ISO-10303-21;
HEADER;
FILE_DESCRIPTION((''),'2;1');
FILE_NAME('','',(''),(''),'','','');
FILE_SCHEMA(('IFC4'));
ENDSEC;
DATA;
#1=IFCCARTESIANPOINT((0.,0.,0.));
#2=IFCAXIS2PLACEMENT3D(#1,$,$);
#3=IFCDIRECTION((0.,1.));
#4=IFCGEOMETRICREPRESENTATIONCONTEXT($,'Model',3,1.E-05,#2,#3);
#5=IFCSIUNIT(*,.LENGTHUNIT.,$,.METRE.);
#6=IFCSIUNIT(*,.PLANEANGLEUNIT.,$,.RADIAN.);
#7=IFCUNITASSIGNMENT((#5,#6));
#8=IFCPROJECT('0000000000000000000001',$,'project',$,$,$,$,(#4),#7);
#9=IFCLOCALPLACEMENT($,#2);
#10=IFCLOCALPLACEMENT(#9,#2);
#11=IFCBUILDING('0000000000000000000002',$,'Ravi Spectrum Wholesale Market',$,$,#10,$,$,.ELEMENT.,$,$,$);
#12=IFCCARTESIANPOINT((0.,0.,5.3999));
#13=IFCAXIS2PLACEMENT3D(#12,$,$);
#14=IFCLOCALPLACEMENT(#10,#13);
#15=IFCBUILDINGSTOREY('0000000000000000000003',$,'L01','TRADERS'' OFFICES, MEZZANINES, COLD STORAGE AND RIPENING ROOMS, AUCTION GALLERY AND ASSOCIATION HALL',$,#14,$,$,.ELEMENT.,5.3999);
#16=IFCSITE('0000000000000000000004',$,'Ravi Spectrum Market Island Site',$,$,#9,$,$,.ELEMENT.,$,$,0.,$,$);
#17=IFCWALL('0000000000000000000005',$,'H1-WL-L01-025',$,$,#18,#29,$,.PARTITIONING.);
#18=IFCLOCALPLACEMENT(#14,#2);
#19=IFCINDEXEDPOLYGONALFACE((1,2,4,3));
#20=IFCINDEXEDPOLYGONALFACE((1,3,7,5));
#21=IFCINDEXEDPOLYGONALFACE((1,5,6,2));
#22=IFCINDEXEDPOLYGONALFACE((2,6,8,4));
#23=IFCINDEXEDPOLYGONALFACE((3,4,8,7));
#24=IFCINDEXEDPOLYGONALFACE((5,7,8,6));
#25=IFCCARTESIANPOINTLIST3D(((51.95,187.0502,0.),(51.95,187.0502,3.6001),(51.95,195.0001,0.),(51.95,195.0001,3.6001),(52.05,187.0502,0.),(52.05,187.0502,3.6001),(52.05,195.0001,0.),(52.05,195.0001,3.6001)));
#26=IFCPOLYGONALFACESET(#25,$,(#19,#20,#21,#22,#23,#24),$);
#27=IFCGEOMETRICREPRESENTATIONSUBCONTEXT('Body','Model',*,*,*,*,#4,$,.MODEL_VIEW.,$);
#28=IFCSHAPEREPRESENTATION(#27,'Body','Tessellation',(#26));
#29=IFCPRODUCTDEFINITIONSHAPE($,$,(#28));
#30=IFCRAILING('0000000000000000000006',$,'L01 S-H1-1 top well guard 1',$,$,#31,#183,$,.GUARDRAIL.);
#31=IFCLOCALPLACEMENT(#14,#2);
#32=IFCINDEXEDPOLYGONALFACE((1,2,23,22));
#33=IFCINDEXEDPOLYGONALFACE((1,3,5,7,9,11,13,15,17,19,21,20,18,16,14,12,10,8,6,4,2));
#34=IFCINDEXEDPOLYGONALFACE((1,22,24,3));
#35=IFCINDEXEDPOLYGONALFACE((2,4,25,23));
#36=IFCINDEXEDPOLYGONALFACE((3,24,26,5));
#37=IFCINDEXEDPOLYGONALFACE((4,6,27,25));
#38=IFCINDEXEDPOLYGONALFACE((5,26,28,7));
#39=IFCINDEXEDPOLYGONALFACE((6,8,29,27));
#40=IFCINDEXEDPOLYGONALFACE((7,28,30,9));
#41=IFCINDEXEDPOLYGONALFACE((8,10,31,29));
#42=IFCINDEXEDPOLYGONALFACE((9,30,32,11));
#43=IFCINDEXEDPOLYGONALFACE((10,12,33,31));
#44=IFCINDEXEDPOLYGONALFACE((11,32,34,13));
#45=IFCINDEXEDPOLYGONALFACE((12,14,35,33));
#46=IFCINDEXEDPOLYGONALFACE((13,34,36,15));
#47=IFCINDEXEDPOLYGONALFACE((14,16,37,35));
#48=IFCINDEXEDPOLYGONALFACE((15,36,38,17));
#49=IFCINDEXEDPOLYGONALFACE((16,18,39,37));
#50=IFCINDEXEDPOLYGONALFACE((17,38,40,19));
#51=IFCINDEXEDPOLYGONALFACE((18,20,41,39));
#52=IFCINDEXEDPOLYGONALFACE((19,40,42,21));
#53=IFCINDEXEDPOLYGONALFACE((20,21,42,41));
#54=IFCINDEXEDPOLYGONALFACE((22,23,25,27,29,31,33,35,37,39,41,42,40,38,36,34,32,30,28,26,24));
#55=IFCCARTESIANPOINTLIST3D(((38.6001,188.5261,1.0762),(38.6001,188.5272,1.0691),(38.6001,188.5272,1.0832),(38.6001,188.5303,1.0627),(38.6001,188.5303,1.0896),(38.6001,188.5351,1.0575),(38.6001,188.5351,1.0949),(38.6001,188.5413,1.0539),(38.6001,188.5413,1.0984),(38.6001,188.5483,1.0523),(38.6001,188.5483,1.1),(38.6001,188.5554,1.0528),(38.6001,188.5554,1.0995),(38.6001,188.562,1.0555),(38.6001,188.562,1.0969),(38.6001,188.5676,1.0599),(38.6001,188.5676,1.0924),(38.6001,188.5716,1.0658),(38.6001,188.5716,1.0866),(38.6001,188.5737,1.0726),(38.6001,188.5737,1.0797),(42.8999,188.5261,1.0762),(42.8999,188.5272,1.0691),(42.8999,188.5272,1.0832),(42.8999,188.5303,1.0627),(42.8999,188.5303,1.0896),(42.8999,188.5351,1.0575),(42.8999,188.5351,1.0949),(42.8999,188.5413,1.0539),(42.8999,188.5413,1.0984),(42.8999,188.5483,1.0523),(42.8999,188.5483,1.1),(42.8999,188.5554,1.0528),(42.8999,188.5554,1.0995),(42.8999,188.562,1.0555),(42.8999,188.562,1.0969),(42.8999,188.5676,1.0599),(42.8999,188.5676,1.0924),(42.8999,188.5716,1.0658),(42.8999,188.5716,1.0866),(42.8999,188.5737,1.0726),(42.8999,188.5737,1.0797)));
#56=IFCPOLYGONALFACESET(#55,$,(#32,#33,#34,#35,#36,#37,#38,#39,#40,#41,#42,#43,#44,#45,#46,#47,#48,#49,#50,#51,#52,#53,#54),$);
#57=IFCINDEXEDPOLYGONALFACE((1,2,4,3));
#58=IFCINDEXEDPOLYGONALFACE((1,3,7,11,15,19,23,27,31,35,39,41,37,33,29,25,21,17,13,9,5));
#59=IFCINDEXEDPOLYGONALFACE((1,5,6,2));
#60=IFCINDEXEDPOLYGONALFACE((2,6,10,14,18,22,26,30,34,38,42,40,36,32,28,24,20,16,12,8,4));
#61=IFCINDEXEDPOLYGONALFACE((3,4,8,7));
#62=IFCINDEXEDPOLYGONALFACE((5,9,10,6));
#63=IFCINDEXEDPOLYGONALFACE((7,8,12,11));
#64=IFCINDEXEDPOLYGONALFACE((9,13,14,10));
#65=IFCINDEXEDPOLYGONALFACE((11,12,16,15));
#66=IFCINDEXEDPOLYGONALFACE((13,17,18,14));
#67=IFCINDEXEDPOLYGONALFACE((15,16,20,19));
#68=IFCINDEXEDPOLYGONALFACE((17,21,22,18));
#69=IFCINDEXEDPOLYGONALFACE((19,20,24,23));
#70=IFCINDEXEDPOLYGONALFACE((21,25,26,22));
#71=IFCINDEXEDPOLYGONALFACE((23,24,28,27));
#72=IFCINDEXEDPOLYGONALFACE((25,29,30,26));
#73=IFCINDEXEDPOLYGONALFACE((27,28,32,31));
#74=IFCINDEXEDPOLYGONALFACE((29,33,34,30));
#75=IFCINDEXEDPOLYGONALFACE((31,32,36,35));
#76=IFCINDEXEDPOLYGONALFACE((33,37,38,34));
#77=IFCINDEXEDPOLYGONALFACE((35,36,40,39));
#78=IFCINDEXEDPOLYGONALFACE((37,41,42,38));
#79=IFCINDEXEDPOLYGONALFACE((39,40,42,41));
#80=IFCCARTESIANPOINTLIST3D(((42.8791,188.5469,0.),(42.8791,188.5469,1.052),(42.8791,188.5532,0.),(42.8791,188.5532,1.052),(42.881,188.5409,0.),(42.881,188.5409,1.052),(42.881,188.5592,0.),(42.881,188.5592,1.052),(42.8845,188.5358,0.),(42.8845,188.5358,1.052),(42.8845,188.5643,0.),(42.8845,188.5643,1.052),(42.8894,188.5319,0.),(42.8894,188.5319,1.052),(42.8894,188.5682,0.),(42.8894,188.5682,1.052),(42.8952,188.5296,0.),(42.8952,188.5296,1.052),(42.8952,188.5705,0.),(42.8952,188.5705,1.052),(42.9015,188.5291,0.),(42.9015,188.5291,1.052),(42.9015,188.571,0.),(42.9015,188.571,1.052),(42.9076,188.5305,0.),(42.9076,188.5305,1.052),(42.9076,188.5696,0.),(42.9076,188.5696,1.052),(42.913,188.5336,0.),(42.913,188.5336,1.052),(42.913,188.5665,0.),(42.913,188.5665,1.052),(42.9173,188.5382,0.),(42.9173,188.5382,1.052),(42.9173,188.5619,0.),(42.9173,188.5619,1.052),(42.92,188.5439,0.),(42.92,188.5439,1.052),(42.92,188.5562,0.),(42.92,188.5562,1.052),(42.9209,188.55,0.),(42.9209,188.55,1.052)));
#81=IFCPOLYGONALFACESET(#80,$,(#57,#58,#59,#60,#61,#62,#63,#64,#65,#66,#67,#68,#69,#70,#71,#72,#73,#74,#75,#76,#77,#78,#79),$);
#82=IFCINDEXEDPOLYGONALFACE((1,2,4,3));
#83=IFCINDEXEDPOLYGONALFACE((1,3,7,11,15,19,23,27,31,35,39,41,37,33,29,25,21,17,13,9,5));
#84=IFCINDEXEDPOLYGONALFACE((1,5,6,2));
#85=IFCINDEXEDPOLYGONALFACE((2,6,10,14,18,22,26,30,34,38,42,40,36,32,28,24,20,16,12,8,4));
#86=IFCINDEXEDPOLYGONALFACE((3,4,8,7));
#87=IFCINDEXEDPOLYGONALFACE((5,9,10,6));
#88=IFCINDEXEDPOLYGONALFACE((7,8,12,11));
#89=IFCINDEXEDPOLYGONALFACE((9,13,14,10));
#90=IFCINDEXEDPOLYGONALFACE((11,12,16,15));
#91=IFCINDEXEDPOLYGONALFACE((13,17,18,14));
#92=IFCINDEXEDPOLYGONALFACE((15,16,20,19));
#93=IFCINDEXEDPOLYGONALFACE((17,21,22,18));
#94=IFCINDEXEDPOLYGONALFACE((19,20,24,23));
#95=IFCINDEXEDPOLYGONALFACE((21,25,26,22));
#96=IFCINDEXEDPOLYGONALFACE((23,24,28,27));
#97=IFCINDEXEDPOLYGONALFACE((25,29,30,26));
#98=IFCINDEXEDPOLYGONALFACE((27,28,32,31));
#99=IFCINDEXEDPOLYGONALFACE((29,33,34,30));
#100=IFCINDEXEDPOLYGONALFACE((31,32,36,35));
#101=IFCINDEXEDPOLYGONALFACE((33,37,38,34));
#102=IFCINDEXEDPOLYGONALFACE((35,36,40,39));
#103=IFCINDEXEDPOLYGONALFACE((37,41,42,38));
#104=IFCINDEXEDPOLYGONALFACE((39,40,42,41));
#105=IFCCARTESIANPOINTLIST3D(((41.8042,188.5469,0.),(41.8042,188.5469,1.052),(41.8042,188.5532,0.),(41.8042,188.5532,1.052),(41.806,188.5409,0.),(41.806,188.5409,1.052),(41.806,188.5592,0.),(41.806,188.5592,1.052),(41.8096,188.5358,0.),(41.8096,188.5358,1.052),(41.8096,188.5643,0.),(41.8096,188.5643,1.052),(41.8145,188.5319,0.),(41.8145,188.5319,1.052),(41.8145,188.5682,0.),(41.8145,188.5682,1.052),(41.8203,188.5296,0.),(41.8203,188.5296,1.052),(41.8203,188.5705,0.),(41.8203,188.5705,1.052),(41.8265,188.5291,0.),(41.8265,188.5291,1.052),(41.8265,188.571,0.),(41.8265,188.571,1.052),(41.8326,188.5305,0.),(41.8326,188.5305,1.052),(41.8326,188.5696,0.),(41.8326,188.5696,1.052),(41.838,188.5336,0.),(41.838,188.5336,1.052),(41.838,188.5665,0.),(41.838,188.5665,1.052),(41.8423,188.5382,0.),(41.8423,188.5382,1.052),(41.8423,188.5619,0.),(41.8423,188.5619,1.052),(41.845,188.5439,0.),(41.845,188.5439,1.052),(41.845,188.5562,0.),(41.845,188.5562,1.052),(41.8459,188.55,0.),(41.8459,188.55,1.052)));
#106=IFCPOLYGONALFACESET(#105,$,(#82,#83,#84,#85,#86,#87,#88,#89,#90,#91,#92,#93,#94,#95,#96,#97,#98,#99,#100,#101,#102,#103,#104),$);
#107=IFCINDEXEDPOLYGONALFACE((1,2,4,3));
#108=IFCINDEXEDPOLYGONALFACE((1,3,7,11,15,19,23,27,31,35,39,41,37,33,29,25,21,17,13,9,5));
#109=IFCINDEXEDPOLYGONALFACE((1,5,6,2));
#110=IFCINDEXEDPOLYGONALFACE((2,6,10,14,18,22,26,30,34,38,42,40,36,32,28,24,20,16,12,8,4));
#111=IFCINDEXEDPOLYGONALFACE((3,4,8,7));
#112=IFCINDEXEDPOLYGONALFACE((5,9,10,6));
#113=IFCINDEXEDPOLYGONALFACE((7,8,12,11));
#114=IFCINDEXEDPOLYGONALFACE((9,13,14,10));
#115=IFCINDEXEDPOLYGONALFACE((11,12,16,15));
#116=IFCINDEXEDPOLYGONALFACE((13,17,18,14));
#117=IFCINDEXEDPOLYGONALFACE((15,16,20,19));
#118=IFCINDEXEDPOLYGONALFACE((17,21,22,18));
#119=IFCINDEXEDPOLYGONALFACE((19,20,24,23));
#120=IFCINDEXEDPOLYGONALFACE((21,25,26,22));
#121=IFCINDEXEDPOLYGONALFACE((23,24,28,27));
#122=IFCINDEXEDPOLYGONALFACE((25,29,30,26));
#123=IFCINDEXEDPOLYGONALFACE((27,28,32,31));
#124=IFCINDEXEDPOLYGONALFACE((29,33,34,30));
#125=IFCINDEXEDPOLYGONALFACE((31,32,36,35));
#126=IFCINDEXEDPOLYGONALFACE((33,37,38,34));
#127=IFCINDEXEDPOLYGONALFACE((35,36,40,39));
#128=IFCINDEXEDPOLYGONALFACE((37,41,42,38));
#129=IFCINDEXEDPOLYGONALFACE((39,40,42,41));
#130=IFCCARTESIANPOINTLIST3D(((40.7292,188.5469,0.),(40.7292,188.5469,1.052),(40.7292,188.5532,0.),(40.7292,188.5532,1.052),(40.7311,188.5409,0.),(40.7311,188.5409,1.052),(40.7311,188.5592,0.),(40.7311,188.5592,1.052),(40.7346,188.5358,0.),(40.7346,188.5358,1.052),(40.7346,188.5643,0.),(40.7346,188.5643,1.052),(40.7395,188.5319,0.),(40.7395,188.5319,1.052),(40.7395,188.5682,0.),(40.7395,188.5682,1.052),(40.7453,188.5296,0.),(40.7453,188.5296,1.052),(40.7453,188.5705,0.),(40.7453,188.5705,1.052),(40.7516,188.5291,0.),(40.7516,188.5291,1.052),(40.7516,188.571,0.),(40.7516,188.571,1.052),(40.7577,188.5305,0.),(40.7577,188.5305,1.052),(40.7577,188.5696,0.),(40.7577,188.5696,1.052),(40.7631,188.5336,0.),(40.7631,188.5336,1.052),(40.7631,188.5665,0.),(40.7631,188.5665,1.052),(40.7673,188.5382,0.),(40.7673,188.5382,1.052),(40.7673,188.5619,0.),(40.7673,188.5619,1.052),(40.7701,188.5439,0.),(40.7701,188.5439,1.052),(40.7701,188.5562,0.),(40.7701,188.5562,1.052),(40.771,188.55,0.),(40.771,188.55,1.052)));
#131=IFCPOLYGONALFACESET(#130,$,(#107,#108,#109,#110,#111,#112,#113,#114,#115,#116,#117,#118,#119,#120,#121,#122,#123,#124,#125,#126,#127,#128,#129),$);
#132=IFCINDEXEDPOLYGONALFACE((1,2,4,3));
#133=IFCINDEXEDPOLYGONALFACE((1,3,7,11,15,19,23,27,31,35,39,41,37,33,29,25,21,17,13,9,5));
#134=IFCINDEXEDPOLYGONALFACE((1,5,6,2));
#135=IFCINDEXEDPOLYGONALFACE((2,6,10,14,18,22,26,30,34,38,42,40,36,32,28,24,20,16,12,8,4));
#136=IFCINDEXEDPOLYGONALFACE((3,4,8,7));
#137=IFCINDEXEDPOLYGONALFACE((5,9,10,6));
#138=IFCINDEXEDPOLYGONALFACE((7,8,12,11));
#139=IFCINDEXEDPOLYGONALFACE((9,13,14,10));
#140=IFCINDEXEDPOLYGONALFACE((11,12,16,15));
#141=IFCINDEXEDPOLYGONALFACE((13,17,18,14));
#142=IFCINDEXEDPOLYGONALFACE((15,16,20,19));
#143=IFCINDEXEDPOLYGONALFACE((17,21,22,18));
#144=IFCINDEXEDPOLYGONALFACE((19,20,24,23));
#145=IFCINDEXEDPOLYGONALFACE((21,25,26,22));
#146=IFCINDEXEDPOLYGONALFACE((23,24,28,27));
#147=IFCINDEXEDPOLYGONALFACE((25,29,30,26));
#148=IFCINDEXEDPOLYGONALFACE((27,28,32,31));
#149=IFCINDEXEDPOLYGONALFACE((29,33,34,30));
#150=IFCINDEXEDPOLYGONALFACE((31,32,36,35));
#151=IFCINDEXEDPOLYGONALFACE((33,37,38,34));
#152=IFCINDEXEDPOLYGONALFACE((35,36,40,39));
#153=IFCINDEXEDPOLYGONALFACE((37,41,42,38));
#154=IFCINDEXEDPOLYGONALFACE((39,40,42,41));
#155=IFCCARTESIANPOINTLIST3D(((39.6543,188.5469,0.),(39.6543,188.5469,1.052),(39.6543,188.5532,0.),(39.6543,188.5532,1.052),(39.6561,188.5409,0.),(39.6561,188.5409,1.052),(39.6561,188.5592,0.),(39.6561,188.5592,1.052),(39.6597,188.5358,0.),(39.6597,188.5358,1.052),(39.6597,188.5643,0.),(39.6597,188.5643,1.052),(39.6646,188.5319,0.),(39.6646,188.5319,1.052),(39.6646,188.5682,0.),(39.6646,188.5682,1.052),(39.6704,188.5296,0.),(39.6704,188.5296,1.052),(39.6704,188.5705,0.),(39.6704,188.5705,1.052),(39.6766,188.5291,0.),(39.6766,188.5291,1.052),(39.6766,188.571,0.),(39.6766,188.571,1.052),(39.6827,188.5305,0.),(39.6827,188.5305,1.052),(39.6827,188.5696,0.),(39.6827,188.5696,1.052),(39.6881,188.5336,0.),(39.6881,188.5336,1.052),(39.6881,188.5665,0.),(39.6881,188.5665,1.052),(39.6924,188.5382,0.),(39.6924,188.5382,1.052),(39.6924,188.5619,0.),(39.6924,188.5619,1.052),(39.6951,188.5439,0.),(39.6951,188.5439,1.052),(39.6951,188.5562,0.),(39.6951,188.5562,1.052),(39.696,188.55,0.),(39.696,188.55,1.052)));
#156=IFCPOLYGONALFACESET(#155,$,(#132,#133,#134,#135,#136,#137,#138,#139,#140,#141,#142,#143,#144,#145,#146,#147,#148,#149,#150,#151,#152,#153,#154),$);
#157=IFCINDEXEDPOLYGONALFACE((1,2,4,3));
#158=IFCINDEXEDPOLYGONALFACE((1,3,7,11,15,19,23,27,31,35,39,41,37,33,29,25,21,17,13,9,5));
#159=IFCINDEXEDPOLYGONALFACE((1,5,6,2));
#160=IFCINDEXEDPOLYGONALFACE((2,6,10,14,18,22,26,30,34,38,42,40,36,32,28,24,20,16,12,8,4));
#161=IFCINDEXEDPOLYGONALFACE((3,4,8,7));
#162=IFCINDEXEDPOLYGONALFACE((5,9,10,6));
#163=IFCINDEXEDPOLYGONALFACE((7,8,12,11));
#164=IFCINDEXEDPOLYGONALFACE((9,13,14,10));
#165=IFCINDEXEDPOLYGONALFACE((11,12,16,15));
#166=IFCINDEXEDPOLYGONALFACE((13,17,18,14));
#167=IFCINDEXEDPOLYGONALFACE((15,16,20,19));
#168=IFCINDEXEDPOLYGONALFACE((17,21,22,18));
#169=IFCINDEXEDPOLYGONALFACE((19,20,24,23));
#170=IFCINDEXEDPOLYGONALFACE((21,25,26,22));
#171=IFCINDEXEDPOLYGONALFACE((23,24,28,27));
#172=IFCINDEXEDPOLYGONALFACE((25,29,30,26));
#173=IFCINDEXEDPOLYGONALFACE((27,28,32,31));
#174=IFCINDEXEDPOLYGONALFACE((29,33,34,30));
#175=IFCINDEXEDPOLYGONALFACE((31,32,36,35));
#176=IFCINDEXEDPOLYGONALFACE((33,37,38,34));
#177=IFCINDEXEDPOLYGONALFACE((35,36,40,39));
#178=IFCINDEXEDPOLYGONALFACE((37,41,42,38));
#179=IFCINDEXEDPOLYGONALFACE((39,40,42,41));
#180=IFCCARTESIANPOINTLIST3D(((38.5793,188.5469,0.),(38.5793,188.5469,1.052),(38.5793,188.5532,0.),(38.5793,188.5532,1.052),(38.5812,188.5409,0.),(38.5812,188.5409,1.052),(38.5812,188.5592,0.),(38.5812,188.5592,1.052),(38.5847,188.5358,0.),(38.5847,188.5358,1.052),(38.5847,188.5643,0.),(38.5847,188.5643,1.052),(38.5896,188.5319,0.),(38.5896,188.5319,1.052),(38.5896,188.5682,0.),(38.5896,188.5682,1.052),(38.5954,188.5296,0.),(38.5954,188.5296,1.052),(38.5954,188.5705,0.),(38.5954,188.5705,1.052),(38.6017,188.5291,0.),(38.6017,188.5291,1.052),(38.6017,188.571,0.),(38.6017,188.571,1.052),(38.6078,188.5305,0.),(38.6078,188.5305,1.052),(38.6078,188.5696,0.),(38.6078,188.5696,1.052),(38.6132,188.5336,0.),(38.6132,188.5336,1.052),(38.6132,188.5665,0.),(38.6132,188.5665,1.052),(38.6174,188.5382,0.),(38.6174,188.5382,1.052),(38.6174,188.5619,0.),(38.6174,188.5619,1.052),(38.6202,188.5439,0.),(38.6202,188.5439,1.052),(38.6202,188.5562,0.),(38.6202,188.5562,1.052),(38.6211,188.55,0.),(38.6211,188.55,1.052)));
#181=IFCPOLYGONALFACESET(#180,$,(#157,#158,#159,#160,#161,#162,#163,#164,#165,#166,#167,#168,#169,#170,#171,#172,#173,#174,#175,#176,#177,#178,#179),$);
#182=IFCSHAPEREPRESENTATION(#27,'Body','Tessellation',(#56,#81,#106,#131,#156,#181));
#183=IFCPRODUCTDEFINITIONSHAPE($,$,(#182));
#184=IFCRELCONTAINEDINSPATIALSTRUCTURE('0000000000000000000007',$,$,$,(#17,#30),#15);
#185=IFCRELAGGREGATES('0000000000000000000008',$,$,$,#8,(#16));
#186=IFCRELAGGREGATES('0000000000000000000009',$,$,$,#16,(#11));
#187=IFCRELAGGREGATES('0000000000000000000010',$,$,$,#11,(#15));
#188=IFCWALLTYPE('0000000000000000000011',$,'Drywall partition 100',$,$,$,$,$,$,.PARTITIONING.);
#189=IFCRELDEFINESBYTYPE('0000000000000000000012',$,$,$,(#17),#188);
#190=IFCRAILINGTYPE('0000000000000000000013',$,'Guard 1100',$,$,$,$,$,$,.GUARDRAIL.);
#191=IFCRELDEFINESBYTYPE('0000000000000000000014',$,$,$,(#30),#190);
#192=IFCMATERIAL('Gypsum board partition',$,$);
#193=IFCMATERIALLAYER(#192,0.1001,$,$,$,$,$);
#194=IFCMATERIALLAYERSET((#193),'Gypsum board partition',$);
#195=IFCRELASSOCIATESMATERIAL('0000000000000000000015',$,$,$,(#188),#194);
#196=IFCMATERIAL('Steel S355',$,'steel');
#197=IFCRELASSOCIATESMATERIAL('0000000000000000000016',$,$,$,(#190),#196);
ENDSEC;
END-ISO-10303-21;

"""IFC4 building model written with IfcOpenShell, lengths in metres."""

from ifc_helpers import new_model, si_unit, direction, frame, frame_2d, origin, origin_2d, place, context, subcontext, project, spatial, rectangle, circle, extrude, material, layer, layer_set, type_object, element, save


model = new_model("IFC4")

# Units and contexts
model_context = context("Model", 3, precision=1e-05, world=origin(), true_north=direction((0.0, 1.0)))
body_context = subcontext(model_context, "Body", "Model", "MODEL_VIEW")
ifc_project = project(units=[si_unit("LENGTHUNIT", "METRE"), si_unit("PLANEANGLEUNIT", "RADIAN")], contexts=[model_context])

# Site, building, storey
site_placement = place(None, origin())
site = spatial("IfcSite", under=ifc_project, at=site_placement, Name="Ravi Spectrum Market Island Site", CompositionType="ELEMENT", RefElevation=0.0)
building_placement = place(site_placement, origin())
building = spatial("IfcBuilding", under=site, at=building_placement, Name="Ravi Spectrum Wholesale Market", CompositionType="ELEMENT")
storey_placement = place(building_placement, frame((0.0, 0.0, 5.3999)))
storey = spatial("IfcBuildingStorey", under=building, at=storey_placement, Name="L01", Description="TRADERS' OFFICES, MEZZANINES, COLD STORAGE AND RIPENING ROOMS, AUCTION GALLERY AND ASSOCIATION HALL", CompositionType="ELEMENT", Elevation=5.3999)

# Shared definitions
ifc_material_1 = material(Name="Gypsum board partition")
ifc_layer_1 = layer(ifc_material_1, 0.1001)
ifc_layer_set_1 = layer_set([ifc_layer_1], Name="Gypsum board partition")
wall_type_1 = type_object("IfcWallType", Name="Drywall partition 100", PredefinedType="PARTITIONING", material=ifc_layer_set_1)

# Wall
wall_1_placement = place(storey_placement, frame((52.0, 187.05, 0.0), z_axis=(0.0, 0.0, 1.0), x_axis=(0.0, 1.0, 0.0)))
element("IfcWall", 1, at=wall_1_placement, inside=storey, type_object=wall_type_1, Name="H1-WL-L01-025", PredefinedType="PARTITIONING", context=body_context, shape_type="SweptSolid", body=[
    extrude(rectangle(XDim=7.95, YDim=0.1001, at=frame_2d((3.9751, 0.0))), origin(), (0.0, 0.0, 1.0), 3.6001),
])

# Railing
ifc_material_2 = material(Name="Steel S355", Category="steel")
railing_type = type_object("IfcRailingType", Name="Guard 1100", PredefinedType="GUARDRAIL", material=ifc_material_2)
railing_1_placement = place(storey_placement, frame((42.8999, 188.55, 0.0)))
element("IfcRailing", 2, at=railing_1_placement, inside=storey, type_object=railing_type, Name="L01 S-H1-1 top well guard 1", PredefinedType="GUARDRAIL", context=body_context, shape_type="SweptSolid", body=[
    extrude(circle(Radius=0.0239, at=origin_2d()), frame((0.0, 0.0, 1.0762), z_axis=(-1.0, 0.0, 0.0), x_axis=(0.0, -1.0, 0.0)), (0.0, 0.0, 1.0), 4.2998),
    extrude(circle(Radius=0.021, at=origin_2d()), origin(), (0.0, 0.0, 1.0), 1.052),
    extrude(circle(Radius=0.021, at=origin_2d()), frame((-1.075, 0.0, 0.0)), (0.0, 0.0, 1.0), 1.052),
    extrude(circle(Radius=0.021, at=origin_2d()), frame((-2.1499, 0.0, 0.0)), (0.0, 0.0, 1.0), 1.052),
    extrude(circle(Radius=0.021, at=origin_2d()), frame((-3.2249, 0.0, 0.0)), (0.0, 0.0, 1.0), 1.052),
    extrude(circle(Radius=0.021, at=origin_2d()), frame((-4.2998, 0.0, 0.0)), (0.0, 0.0, 1.0), 1.052),
])

save(model, "model.ifc")
